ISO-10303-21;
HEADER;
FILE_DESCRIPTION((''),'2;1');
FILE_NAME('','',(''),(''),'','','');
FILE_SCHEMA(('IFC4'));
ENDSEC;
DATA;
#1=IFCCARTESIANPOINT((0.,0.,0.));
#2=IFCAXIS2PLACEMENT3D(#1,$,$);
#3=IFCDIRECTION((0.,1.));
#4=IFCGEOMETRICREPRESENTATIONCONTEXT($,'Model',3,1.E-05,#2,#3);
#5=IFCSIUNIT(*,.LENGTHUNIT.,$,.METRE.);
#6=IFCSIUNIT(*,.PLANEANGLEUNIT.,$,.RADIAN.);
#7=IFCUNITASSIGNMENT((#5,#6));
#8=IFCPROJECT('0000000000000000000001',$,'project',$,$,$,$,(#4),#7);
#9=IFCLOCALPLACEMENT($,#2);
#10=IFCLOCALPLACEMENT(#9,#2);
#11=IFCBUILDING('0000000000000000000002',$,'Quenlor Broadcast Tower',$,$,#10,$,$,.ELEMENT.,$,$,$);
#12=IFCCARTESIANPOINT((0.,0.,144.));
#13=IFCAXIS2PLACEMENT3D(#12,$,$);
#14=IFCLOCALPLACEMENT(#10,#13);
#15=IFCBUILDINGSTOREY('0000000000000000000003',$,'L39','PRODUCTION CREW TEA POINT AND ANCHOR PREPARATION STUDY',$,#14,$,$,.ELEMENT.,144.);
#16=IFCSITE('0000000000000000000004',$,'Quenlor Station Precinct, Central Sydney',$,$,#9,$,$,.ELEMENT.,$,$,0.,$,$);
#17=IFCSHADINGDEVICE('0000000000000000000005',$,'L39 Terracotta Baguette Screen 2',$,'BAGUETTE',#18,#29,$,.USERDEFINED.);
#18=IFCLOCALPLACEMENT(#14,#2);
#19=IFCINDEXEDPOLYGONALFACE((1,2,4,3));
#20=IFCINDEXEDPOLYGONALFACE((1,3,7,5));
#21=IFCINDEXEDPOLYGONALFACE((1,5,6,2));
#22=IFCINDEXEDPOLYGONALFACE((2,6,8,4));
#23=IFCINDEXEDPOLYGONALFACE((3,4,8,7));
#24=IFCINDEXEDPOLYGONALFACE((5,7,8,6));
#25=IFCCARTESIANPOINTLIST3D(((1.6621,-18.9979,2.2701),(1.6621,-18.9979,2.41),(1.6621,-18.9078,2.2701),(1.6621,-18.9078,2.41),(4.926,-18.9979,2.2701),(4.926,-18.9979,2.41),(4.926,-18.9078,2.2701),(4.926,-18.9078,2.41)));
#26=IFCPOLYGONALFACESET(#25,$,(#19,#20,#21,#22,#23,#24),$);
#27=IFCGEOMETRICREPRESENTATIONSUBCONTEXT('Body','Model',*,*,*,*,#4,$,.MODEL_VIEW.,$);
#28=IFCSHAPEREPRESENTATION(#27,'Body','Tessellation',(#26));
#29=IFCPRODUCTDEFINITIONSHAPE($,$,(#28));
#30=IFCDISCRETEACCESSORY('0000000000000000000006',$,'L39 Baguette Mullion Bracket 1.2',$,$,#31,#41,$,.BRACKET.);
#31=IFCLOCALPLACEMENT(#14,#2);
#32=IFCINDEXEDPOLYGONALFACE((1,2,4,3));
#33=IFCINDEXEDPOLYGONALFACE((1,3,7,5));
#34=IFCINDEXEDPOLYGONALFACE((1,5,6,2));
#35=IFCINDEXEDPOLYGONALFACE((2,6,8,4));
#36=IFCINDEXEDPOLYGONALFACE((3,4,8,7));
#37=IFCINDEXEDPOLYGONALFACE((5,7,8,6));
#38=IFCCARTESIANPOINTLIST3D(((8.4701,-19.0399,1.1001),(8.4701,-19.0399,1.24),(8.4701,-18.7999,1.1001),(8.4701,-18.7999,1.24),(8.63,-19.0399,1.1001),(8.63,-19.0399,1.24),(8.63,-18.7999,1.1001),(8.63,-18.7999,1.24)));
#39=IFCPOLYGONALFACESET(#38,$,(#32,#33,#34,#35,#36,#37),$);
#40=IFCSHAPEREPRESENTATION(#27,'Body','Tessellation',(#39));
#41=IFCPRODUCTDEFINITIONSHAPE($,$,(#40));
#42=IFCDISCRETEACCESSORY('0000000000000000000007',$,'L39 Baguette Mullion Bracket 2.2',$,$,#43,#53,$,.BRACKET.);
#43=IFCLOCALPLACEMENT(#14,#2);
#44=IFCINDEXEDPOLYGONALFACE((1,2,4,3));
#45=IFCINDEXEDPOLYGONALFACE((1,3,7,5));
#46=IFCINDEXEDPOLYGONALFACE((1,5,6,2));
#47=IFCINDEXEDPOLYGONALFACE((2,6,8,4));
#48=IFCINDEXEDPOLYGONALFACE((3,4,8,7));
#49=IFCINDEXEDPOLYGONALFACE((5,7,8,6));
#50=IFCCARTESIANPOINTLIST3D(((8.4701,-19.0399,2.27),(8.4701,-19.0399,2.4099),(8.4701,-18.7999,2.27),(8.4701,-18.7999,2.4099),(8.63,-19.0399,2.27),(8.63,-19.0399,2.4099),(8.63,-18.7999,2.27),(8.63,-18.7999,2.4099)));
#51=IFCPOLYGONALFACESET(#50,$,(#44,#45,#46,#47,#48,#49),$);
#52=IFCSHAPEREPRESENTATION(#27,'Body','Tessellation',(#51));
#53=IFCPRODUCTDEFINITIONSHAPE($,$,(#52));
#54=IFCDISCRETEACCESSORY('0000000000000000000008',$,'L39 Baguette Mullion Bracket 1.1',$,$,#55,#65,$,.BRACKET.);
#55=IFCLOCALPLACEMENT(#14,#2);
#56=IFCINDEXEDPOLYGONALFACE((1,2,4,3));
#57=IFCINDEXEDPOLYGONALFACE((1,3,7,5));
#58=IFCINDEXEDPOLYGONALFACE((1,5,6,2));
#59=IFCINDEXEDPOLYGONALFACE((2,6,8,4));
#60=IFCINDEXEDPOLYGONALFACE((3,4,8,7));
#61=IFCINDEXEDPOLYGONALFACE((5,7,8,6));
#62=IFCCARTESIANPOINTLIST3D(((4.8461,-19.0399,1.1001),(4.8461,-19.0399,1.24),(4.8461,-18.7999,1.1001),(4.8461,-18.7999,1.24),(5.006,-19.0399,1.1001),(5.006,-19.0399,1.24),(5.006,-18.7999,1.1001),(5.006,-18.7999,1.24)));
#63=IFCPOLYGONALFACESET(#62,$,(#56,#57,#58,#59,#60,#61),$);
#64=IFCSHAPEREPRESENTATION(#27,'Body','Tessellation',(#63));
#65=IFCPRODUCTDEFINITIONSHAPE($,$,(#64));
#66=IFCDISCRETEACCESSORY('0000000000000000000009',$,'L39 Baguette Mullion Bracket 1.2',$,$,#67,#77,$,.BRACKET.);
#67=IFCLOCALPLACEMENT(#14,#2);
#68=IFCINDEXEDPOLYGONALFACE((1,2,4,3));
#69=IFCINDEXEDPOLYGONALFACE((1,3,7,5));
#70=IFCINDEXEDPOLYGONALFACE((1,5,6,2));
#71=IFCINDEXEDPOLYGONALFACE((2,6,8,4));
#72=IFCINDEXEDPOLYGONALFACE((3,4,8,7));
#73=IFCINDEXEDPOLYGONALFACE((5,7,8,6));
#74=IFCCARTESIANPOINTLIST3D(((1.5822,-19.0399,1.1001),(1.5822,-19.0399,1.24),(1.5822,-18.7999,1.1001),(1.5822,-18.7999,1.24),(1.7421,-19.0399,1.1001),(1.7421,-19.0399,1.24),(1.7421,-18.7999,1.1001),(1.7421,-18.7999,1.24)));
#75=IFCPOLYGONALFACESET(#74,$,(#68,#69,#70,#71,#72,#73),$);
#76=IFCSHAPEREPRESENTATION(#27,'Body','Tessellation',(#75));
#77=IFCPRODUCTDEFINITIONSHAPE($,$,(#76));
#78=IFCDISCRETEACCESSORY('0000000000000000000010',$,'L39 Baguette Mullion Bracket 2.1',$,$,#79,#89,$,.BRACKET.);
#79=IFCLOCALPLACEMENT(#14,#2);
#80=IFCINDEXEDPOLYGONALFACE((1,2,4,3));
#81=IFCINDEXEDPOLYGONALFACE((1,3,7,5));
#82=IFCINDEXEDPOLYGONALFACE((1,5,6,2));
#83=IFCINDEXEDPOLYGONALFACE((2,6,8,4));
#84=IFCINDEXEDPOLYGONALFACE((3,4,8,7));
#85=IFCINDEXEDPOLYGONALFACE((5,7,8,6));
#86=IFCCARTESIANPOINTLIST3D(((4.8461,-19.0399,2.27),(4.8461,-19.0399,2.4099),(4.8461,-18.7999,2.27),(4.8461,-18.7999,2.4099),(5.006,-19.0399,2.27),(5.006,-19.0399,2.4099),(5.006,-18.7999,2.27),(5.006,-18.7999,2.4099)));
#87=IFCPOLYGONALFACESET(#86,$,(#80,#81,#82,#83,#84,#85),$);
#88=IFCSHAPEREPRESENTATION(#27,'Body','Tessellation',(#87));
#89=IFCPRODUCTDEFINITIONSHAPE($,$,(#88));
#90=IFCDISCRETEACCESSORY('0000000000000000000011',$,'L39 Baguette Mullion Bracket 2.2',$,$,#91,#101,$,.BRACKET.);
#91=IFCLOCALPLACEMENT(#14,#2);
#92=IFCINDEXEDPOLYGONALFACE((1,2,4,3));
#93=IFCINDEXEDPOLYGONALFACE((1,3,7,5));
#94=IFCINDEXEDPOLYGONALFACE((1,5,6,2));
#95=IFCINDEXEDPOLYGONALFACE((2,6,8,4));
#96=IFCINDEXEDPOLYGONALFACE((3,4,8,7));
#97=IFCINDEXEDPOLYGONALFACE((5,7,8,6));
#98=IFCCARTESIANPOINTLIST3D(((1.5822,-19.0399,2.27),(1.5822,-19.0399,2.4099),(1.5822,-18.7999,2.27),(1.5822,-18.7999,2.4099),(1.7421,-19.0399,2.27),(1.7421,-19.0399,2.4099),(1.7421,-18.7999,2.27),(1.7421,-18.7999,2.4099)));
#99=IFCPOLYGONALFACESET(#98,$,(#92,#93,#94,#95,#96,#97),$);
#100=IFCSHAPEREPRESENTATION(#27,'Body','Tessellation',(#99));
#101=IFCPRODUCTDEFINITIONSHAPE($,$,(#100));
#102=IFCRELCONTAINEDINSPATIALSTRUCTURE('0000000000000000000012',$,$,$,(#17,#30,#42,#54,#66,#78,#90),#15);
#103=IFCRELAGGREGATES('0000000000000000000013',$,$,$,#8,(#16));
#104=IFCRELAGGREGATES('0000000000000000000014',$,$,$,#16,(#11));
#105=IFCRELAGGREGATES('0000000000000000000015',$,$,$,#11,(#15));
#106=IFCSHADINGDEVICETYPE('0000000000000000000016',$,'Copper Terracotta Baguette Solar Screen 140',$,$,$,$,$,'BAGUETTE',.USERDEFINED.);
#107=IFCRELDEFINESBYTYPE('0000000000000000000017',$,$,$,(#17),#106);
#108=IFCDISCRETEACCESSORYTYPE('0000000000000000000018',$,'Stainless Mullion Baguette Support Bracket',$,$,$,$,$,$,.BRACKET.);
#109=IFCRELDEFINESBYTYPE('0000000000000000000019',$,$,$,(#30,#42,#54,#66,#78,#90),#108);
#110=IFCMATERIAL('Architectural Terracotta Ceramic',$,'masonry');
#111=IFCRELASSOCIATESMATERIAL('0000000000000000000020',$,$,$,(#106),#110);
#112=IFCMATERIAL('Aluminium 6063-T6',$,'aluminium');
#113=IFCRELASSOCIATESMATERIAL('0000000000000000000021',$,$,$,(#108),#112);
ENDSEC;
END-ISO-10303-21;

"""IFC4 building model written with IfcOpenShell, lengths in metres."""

from ifc_helpers import new_model, si_unit, direction, frame, origin, origin_2d, place, context, subcontext, project, spatial, rectangle, extrude, material, material_profile, profile_set, type_object, element, save


model = new_model("IFC4")

# Units and contexts
model_context = context("Model", 3, precision=1e-05, world=origin(), true_north=direction((0.0, 1.0)))
body_context = subcontext(model_context, "Body", "Model", "MODEL_VIEW")
ifc_project = project(units=[si_unit("LENGTHUNIT", "METRE"), si_unit("PLANEANGLEUNIT", "RADIAN")], contexts=[model_context])

# Site, building, storey
site_placement = place(None, origin())
site = spatial("IfcSite", under=ifc_project, at=site_placement, Name="Quenlor Station Precinct, Central Sydney", CompositionType="ELEMENT", RefElevation=0.0)
building_placement = place(site_placement, origin())
building = spatial("IfcBuilding", under=site, at=building_placement, Name="Quenlor Broadcast Tower", CompositionType="ELEMENT")
storey_placement = place(building_placement, frame((0.0, 0.0, 144.0)))
storey = spatial("IfcBuildingStorey", under=building, at=storey_placement, Name="L39", Description="PRODUCTION CREW TEA POINT AND ANCHOR PREPARATION STUDY", CompositionType="ELEMENT", Elevation=144.0)

# Shading device
ifc_material_1 = material(Name="Architectural Terracotta Ceramic", Category="masonry")
ifc_material_profile_1 = material_profile(ifc_material_1, rectangle(XDim=0.0901, YDim=0.1399, at=origin_2d()))
ifc_profile_set_1 = profile_set([ifc_material_profile_1], Name="Architectural Terracotta Ceramic BAG90x140")
shading_device_type = type_object("IfcShadingDeviceType", Name="Copper Terracotta Baguette Solar Screen 140", ElementType="BAGUETTE", PredefinedType="USERDEFINED", material=ifc_profile_set_1)
for number, where, z_axis, x_axis, name in (
    (1, (4.926, -18.9529, 2.3401), (-1.0, 0.0, 0.0), (0.0, -1.0, 0.0), "L39 Terracotta Baguette Screen 2"),
):
    element("IfcShadingDevice", number, at=place(storey_placement, frame(where, z_axis=z_axis, x_axis=x_axis)), inside=storey, type_object=shading_device_type, Name=name, ObjectType="BAGUETTE", PredefinedType="USERDEFINED", context=body_context, shape_type="SweptSolid", body=[
        extrude(rectangle(XDim=0.0901, YDim=0.1399, at=origin_2d()), origin(), (0.0, 0.0, 1.0), 3.2639),
    ])

# Discrete accessories
ifc_material_2 = material(Name="Aluminium 6063-T6", Category="aluminium")
discrete_accessory_type = type_object("IfcDiscreteAccessoryType", Name="Stainless Mullion Baguette Support Bracket", PredefinedType="BRACKET", material=ifc_material_2)
for number, where, z_axis, x_axis, name in (
    (2, (8.55, -18.9199, 1.1001), (0.0, 0.0, 1.0), (-1.0, 0.0, 0.0), "L39 Baguette Mullion Bracket 1.2"),
    (3, (8.55, -18.9199, 2.27), (0.0, 0.0, 1.0), (-1.0, 0.0, 0.0), "L39 Baguette Mullion Bracket 2.2"),
    (4, (4.926, -18.9199, 1.1001), (0.0, 0.0, 1.0), (-1.0, 0.0, 0.0), "L39 Baguette Mullion Bracket 1.1"),
    (5, (1.6621, -18.9199, 1.1001), (0.0, 0.0, 1.0), (-1.0, 0.0, 0.0), "L39 Baguette Mullion Bracket 1.2"),
    (6, (4.926, -18.9199, 2.27), (0.0, 0.0, 1.0), (-1.0, 0.0, 0.0), "L39 Baguette Mullion Bracket 2.1"),
    (7, (1.6621, -18.9199, 2.27), (0.0, 0.0, 1.0), (-1.0, 0.0, 0.0), "L39 Baguette Mullion Bracket 2.2"),
):
    element("IfcDiscreteAccessory", number, at=place(storey_placement, frame(where, z_axis=z_axis, x_axis=x_axis)), inside=storey, type_object=discrete_accessory_type, Name=name, PredefinedType="BRACKET", context=body_context, shape_type="SweptSolid", body=[
        extrude(rectangle(XDim=0.1599, YDim=0.24, at=origin_2d()), origin(), (0.0, 0.0, 1.0), 0.1399),
    ])

save(model, "model.ifc")
